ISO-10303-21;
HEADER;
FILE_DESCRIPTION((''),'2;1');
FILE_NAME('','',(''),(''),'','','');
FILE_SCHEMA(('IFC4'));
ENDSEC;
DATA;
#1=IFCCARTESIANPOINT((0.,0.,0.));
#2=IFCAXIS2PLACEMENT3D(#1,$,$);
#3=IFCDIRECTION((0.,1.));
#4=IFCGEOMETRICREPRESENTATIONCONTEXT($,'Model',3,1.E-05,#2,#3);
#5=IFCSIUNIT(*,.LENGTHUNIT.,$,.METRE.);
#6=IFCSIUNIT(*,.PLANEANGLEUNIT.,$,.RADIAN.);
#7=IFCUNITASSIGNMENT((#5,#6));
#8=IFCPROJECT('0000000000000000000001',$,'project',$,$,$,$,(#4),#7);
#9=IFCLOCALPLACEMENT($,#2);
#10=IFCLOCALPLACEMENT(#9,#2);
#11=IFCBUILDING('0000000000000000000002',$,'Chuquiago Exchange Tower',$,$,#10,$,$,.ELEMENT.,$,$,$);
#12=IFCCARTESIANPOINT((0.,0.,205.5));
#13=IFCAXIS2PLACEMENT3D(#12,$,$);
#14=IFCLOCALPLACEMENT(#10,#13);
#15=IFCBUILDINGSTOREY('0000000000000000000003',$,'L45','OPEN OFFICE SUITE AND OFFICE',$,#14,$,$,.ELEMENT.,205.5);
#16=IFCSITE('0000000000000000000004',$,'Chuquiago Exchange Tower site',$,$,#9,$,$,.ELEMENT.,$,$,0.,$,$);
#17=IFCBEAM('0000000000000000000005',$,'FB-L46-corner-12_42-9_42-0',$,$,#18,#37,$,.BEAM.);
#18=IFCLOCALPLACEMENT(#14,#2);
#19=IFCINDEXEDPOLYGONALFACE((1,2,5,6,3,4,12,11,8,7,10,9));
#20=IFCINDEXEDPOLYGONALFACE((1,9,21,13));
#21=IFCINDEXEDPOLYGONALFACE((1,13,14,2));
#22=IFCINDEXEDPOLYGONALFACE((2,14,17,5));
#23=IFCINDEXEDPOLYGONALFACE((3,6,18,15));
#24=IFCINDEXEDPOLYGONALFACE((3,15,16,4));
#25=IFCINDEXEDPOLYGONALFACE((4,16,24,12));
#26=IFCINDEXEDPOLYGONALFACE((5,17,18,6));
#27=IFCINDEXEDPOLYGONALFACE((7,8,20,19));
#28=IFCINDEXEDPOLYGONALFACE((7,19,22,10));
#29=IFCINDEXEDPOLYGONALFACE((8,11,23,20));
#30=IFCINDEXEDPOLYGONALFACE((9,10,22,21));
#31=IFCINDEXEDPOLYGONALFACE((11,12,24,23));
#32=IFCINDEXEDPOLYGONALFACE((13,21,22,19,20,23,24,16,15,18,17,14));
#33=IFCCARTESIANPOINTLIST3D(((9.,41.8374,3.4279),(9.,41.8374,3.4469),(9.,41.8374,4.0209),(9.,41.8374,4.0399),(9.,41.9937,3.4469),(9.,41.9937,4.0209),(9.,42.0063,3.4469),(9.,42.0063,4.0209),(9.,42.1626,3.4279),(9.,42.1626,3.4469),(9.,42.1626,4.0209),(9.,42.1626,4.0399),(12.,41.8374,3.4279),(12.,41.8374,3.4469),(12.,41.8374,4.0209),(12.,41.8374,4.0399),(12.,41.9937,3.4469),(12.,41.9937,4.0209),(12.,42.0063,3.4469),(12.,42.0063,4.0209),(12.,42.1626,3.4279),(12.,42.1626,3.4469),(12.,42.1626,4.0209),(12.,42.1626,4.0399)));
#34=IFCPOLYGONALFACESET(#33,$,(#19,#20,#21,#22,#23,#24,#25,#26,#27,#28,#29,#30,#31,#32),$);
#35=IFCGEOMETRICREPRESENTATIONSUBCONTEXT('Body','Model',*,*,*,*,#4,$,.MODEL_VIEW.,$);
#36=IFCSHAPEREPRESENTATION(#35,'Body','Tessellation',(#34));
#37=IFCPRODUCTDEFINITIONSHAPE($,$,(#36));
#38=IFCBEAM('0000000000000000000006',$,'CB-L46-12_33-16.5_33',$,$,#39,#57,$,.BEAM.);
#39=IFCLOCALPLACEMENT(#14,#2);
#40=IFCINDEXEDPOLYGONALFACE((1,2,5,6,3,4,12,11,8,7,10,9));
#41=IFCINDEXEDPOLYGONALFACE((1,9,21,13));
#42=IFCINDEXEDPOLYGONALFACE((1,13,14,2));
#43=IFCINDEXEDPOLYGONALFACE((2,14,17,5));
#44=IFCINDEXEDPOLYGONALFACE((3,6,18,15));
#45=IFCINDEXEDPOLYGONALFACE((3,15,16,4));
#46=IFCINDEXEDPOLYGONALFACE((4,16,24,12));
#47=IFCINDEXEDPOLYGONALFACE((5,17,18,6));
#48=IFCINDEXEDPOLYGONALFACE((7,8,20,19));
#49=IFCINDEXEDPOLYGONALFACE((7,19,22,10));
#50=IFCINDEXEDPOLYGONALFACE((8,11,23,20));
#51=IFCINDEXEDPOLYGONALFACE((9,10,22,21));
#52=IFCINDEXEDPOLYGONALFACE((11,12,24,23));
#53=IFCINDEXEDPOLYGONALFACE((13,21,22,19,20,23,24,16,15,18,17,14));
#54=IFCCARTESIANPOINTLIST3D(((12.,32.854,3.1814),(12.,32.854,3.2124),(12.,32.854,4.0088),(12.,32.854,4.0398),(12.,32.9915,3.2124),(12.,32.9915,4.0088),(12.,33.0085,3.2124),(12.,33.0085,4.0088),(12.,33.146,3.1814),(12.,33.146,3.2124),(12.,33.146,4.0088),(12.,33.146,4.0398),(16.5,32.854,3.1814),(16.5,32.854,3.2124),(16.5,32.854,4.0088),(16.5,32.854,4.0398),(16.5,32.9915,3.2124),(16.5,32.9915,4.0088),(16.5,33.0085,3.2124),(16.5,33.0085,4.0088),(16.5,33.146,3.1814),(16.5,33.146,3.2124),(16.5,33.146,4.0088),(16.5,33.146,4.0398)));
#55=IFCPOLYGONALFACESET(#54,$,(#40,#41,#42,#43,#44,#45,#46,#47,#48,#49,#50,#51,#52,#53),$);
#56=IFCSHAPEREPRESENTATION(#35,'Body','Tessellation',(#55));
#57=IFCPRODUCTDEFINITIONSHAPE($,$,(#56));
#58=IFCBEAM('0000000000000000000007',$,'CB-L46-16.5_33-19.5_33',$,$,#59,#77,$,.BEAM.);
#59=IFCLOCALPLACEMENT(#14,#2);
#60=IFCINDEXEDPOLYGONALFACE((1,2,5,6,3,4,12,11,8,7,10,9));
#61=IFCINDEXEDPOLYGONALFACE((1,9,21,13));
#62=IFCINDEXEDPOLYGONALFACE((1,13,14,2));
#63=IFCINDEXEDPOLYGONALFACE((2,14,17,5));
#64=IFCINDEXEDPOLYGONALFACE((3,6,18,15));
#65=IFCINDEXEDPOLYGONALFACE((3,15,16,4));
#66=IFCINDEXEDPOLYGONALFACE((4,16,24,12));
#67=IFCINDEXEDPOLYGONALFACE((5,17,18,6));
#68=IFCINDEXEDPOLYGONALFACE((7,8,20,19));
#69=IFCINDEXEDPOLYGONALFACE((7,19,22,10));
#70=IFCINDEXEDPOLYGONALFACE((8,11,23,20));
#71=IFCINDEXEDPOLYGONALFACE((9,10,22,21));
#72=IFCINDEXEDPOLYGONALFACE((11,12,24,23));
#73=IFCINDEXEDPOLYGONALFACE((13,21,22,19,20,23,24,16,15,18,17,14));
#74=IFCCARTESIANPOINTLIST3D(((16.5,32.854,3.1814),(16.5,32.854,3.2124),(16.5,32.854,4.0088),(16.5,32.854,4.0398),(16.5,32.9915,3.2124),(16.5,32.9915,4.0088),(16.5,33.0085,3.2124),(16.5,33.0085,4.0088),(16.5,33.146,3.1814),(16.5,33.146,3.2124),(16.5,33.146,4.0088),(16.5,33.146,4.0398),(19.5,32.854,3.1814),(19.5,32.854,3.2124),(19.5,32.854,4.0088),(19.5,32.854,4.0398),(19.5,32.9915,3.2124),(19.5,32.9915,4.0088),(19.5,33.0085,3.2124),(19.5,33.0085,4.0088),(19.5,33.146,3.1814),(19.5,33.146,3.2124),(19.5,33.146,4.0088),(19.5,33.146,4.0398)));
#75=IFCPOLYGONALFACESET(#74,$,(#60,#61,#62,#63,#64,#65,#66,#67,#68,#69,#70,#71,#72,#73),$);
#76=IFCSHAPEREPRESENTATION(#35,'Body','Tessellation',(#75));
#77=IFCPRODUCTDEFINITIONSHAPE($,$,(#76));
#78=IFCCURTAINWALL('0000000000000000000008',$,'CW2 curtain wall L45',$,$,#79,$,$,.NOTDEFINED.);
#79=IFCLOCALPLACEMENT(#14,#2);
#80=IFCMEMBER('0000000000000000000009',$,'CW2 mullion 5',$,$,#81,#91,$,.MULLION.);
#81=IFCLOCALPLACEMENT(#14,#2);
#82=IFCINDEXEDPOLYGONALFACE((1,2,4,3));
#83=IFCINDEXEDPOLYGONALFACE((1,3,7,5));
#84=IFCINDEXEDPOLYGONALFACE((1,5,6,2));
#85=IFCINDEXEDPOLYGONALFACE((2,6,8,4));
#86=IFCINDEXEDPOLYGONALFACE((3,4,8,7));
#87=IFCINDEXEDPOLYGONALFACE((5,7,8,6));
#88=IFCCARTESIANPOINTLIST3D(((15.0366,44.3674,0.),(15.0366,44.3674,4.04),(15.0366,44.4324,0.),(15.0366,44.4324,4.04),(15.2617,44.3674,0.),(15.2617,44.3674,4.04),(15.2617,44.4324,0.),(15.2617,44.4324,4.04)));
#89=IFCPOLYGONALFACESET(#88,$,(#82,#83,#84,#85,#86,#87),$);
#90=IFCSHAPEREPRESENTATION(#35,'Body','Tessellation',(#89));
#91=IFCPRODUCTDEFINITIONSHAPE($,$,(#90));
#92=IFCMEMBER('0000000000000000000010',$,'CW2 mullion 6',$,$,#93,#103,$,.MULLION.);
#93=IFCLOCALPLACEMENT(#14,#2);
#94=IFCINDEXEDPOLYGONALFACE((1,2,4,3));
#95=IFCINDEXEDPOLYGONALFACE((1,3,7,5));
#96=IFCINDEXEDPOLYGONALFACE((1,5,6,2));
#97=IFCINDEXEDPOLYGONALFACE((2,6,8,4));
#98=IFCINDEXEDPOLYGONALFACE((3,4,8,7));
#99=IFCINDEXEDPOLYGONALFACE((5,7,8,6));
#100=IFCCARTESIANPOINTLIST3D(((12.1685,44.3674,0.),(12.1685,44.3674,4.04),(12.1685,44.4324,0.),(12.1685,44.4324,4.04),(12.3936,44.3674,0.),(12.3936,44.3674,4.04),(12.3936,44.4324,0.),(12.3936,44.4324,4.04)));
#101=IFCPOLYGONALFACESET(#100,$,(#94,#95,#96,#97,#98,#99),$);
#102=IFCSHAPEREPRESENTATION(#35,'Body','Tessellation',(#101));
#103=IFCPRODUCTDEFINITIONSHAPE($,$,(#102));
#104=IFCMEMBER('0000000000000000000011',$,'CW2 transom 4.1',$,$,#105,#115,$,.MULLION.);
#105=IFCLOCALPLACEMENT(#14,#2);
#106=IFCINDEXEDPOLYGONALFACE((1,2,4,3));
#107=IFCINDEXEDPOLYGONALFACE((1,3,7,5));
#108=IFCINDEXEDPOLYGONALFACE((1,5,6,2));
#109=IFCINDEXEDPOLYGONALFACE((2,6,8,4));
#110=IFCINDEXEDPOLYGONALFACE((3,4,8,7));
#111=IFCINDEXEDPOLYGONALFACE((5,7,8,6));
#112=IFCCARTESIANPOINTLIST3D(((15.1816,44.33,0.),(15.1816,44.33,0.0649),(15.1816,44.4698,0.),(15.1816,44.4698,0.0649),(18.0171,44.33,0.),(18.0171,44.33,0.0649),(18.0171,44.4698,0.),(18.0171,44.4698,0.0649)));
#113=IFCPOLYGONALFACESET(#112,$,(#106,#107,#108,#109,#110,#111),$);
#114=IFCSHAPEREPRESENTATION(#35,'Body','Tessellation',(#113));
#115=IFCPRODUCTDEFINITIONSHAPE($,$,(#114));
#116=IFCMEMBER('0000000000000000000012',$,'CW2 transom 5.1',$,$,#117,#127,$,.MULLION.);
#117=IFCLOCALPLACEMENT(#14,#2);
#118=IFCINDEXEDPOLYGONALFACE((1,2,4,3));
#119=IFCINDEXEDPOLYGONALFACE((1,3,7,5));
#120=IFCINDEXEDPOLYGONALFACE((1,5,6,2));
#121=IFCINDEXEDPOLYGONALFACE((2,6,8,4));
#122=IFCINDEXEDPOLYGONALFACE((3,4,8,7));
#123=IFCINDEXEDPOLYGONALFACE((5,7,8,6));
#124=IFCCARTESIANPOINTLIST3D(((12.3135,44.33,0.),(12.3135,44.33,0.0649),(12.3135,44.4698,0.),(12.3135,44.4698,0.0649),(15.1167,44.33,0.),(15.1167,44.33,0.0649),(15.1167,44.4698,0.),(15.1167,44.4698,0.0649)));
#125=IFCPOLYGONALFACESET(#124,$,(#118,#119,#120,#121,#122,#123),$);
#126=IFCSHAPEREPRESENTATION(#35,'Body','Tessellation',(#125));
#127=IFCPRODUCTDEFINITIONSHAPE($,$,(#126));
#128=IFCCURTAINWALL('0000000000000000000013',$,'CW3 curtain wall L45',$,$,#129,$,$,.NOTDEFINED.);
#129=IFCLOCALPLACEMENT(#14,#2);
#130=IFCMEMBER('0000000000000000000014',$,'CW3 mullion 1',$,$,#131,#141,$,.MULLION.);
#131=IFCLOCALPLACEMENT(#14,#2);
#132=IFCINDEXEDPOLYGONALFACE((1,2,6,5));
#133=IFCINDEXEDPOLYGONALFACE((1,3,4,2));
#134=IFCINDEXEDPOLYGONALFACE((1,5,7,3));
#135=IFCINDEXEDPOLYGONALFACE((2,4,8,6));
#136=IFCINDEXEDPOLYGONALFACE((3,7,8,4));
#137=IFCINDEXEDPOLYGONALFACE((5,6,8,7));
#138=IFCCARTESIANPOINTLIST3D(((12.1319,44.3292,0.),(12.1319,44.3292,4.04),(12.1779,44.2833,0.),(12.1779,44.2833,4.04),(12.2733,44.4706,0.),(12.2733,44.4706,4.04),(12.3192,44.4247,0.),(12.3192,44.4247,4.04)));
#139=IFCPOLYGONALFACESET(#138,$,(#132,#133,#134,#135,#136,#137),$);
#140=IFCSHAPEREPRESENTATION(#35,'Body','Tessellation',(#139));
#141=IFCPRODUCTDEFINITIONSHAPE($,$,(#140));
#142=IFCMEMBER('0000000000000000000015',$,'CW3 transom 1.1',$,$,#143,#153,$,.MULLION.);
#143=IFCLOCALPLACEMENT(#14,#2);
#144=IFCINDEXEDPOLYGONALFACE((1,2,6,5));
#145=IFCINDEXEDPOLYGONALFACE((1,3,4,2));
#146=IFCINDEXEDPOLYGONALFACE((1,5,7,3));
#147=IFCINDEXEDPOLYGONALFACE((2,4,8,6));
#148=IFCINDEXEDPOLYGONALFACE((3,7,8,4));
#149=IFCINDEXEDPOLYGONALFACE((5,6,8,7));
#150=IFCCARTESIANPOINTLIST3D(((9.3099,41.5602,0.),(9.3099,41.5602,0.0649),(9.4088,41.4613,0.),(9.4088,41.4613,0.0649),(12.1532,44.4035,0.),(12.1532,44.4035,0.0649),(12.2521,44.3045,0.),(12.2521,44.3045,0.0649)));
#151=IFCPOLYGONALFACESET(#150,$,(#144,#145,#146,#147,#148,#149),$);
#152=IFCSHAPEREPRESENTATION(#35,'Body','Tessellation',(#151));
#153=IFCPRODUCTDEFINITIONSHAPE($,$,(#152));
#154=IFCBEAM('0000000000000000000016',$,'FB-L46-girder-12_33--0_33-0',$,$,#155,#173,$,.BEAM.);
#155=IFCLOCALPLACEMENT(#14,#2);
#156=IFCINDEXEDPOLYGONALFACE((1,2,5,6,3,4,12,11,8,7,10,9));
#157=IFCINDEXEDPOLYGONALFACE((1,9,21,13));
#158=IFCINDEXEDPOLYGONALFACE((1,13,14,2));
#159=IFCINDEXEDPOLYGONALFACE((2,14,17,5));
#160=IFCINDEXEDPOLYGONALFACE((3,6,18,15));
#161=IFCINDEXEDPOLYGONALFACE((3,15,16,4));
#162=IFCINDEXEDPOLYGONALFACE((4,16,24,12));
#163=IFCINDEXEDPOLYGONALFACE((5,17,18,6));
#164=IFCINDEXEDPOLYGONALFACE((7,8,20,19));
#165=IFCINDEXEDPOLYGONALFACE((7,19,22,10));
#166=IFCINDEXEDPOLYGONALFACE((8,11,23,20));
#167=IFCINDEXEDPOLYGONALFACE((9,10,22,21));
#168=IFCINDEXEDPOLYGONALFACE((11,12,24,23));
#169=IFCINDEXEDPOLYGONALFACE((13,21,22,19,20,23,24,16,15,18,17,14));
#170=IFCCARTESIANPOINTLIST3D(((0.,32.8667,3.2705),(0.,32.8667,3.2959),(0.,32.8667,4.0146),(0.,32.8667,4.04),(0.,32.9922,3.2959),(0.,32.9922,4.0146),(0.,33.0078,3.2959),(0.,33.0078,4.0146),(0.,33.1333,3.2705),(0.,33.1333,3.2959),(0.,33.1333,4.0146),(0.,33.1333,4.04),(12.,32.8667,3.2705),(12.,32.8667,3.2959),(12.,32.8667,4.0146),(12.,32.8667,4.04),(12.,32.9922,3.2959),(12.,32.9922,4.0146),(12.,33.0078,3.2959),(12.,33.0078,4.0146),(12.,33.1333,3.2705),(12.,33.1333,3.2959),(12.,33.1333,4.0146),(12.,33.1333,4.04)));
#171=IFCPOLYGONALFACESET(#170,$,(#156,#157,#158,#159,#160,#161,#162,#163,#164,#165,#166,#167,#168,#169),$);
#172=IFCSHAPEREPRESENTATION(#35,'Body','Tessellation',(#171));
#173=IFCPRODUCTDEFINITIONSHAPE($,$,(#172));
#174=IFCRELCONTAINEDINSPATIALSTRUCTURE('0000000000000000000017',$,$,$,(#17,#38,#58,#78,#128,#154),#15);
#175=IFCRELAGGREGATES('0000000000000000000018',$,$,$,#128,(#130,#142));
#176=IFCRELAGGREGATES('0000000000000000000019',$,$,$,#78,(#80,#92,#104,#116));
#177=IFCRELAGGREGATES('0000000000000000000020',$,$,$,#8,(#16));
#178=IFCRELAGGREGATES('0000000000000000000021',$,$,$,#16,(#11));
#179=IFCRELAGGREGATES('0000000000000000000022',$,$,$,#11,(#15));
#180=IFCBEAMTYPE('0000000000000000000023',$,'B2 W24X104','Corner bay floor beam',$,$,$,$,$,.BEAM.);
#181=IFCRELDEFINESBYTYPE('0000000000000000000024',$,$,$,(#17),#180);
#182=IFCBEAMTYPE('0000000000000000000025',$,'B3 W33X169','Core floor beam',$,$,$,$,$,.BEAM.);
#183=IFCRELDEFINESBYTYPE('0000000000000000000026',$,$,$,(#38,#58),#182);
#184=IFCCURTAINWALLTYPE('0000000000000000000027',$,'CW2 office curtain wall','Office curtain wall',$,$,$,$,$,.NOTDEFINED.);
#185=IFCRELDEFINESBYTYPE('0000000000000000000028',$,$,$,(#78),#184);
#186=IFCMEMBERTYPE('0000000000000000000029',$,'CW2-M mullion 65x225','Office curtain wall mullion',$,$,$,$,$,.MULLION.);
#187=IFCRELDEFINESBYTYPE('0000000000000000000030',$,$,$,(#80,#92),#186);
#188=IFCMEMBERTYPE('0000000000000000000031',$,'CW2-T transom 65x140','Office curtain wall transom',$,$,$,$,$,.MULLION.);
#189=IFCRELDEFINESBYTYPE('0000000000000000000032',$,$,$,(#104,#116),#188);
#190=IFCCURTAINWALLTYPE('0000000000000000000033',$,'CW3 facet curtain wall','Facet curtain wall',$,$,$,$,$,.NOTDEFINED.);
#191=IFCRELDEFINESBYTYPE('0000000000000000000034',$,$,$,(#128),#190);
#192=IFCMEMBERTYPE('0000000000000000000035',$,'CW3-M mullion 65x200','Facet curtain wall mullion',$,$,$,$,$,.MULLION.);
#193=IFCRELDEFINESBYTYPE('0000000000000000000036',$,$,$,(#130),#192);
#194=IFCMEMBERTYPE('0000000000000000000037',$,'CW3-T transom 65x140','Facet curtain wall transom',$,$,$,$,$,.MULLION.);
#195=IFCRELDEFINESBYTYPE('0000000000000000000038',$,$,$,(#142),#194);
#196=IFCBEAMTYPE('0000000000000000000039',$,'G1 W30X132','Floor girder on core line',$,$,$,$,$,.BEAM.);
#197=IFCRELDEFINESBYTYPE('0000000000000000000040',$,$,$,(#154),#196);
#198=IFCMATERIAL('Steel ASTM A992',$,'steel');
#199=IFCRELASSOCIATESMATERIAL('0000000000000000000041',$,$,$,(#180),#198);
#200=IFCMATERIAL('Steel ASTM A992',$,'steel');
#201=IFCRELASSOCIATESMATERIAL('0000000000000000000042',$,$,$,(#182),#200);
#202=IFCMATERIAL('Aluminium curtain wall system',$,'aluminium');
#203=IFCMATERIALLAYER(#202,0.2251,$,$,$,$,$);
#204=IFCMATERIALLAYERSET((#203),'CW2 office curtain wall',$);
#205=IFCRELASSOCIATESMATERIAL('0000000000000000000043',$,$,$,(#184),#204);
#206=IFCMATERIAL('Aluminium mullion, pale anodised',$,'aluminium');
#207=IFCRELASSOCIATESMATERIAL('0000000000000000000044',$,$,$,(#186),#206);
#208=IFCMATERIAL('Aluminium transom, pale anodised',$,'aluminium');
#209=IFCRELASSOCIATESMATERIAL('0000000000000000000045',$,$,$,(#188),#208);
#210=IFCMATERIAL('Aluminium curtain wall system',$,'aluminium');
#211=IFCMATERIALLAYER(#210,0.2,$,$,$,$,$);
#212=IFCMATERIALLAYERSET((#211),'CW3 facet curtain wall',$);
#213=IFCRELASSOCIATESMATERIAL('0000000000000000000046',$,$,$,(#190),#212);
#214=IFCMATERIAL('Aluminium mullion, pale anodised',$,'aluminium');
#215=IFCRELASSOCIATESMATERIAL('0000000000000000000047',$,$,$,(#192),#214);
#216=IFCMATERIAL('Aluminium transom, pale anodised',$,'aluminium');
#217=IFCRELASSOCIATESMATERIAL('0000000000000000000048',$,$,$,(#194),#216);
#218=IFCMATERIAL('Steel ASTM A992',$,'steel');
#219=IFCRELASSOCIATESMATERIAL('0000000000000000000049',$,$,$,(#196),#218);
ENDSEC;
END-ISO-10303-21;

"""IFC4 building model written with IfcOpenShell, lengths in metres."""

from ifc_helpers import new_model, si_unit, direction, frame, origin, origin_2d, place, context, subcontext, project, spatial, rectangle, i_section, extrude, material, layer, layer_set, material_profile, profile_set, type_object, element, aggregate, save


model = new_model("IFC4")

# Units and contexts
model_context = context("Model", 3, precision=1e-05, world=origin(), true_north=direction((0.0, 1.0)))
body_context = subcontext(model_context, "Body", "Model", "MODEL_VIEW")
ifc_project = project(units=[si_unit("LENGTHUNIT", "METRE"), si_unit("PLANEANGLEUNIT", "RADIAN")], contexts=[model_context])

# Site, building, storey
site_placement = place(None, origin())
site = spatial("IfcSite", under=ifc_project, at=site_placement, Name="Chuquiago Exchange Tower site", CompositionType="ELEMENT", RefElevation=0.0)
building_placement = place(site_placement, origin())
building = spatial("IfcBuilding", under=site, at=building_placement, Name="Chuquiago Exchange Tower", CompositionType="ELEMENT")
storey_placement = place(building_placement, frame((0.0, 0.0, 205.5)))
storey = spatial("IfcBuildingStorey", under=building, at=storey_placement, Name="L45", Description="OPEN OFFICE SUITE AND OFFICE", CompositionType="ELEMENT", Elevation=205.5)

# Beams
ifc_material_1 = material(Name="Steel ASTM A992", Category="steel")
ifc_material_profile_1 = material_profile(ifc_material_1, i_section(OverallWidth=0.3252, OverallDepth=0.6121, WebThickness=0.0127, FlangeThickness=0.019, at=origin_2d()), Name="W24X104")
ifc_profile_set_1 = profile_set([ifc_material_profile_1], Name="Steel ASTM A992")
beam_type_1 = type_object("IfcBeamType", Name="B2 W24X104", Description="Corner bay floor beam", PredefinedType="BEAM", material=ifc_profile_set_1)
beam_1_placement = place(storey_placement, frame((12.0, 42.0, 3.7339), z_axis=(-1.0, 0.0, 0.0), x_axis=(0.0, -1.0, 0.0)))
element("IfcBeam", 1, at=beam_1_placement, inside=storey, type_object=beam_type_1, Name="FB-L46-corner-12_42-9_42-0", PredefinedType="BEAM", context=body_context, shape_type="SweptSolid", body=[
    extrude(i_section(OverallWidth=0.3252, OverallDepth=0.6121, WebThickness=0.0127, FlangeThickness=0.019, at=origin_2d()), origin(), (0.0, 0.0, 1.0), 3.0),
])
ifc_material_2 = material(Name="Steel ASTM A992", Category="steel")
ifc_material_profile_2 = material_profile(ifc_material_2, i_section(OverallWidth=0.292, OverallDepth=0.8584, WebThickness=0.0171, FlangeThickness=0.031, at=origin_2d()), Name="W33X169")
ifc_profile_set_2 = profile_set([ifc_material_profile_2], Name="Steel ASTM A992")
beam_type_2 = type_object("IfcBeamType", Name="B3 W33X169", Description="Core floor beam", PredefinedType="BEAM", material=ifc_profile_set_2)
beam_2_placement = place(storey_placement, frame((12.0, 33.0, 3.6106), z_axis=(1.0, 0.0, 0.0), x_axis=(0.0, 1.0, 0.0)))
element("IfcBeam", 2, at=beam_2_placement, inside=storey, type_object=beam_type_2, Name="CB-L46-12_33-16.5_33", PredefinedType="BEAM", context=body_context, shape_type="SweptSolid", body=[
    extrude(i_section(OverallWidth=0.292, OverallDepth=0.8584, WebThickness=0.0171, FlangeThickness=0.031, at=origin_2d()), origin(), (0.0, 0.0, 1.0), 4.5),
])
beam_3_placement = place(storey_placement, frame((16.5, 33.0, 3.6106), z_axis=(1.0, 0.0, 0.0), x_axis=(0.0, 1.0, 0.0)))
element("IfcBeam", 3, at=beam_3_placement, inside=storey, type_object=beam_type_2, Name="CB-L46-16.5_33-19.5_33", PredefinedType="BEAM", context=body_context, shape_type="SweptSolid", body=[
    extrude(i_section(OverallWidth=0.292, OverallDepth=0.8584, WebThickness=0.0171, FlangeThickness=0.031, at=origin_2d()), origin(), (0.0, 0.0, 1.0), 3.0),
])

# Curtain walls, members
ifc_material_3 = material(Name="Aluminium curtain wall system", Category="aluminium")
ifc_layer_1 = layer(ifc_material_3, 0.2251)
ifc_layer_set_1 = layer_set([ifc_layer_1], Name="CW2 office curtain wall")
curtain_wall_type_1 = type_object("IfcCurtainWallType", Name="CW2 office curtain wall", Description="Office curtain wall", PredefinedType="NOTDEFINED", material=ifc_layer_set_1)
curtain_wall_1_placement = place(storey_placement, origin())
curtain_wall_1 = element("IfcCurtainWall", 4, at=curtain_wall_1_placement, inside=storey, type_object=curtain_wall_type_1, Name="CW2 curtain wall L45", PredefinedType="NOTDEFINED")
ifc_material_4 = material(Name="Aluminium mullion, pale anodised", Category="aluminium")
ifc_material_profile_3 = material_profile(ifc_material_4, rectangle(XDim=0.0649, YDim=0.2251, at=origin_2d()), Name="AL 65x225")
ifc_profile_set_3 = profile_set([ifc_material_profile_3], Name="Aluminium mullion, pale anodised")
member_type_1 = type_object("IfcMemberType", Name="CW2-M mullion 65x225", Description="Office curtain wall mullion", PredefinedType="MULLION", material=ifc_profile_set_3)
member_1_placement = place(storey_placement, frame((15.1492, 44.3999, 0.0), z_axis=(0.0, 0.0, 1.0), x_axis=(0.0, -1.0, 0.0)))
member_1 = element("IfcMember", 5, at=member_1_placement, type_object=member_type_1, Name="CW2 mullion 5", PredefinedType="MULLION", context=body_context, shape_type="SweptSolid", body=[
    extrude(rectangle(XDim=0.0649, YDim=0.2251, at=origin_2d()), origin(), (0.0, 0.0, 1.0), 4.04),
])
member_2_placement = place(storey_placement, frame((12.281, 44.3999, 0.0), z_axis=(0.0, 0.0, 1.0), x_axis=(0.0, -1.0, 0.0)))
member_2 = element("IfcMember", 6, at=member_2_placement, type_object=member_type_1, Name="CW2 mullion 6", PredefinedType="MULLION", context=body_context, shape_type="SweptSolid", body=[
    extrude(rectangle(XDim=0.0649, YDim=0.2251, at=origin_2d()), origin(), (0.0, 0.0, 1.0), 4.04),
])
ifc_material_5 = material(Name="Aluminium transom, pale anodised", Category="aluminium")
ifc_material_profile_4 = material_profile(ifc_material_5, rectangle(XDim=0.1399, YDim=0.0649, at=origin_2d()), Name="AL 140x65")
ifc_profile_set_4 = profile_set([ifc_material_profile_4], Name="Aluminium transom, pale anodised")
member_type_2 = type_object("IfcMemberType", Name="CW2-T transom 65x140", Description="Office curtain wall transom", PredefinedType="MULLION", material=ifc_profile_set_4)
member_3_placement = place(storey_placement, frame((18.0171, 44.3999, 0.0325), z_axis=(-1.0, 0.0, 0.0), x_axis=(0.0, -1.0, 0.0)))
member_3 = element("IfcMember", 7, at=member_3_placement, type_object=member_type_2, Name="CW2 transom 4.1", PredefinedType="MULLION", context=body_context, shape_type="SweptSolid", body=[
    extrude(rectangle(XDim=0.1399, YDim=0.0649, at=origin_2d()), origin(), (0.0, 0.0, 1.0), 2.8354),
])
member_4_placement = place(storey_placement, frame((15.1167, 44.3999, 0.0325), z_axis=(-1.0, 0.0, 0.0), x_axis=(0.0, -1.0, 0.0)))
member_4 = element("IfcMember", 8, at=member_4_placement, type_object=member_type_2, Name="CW2 transom 5.1", PredefinedType="MULLION", context=body_context, shape_type="SweptSolid", body=[
    extrude(rectangle(XDim=0.1399, YDim=0.0649, at=origin_2d()), origin(), (0.0, 0.0, 1.0), 2.8032),
])
ifc_material_6 = material(Name="Aluminium curtain wall system", Category="aluminium")
ifc_layer_2 = layer(ifc_material_6, 0.2)
ifc_layer_set_2 = layer_set([ifc_layer_2], Name="CW3 facet curtain wall")
curtain_wall_type_2 = type_object("IfcCurtainWallType", Name="CW3 facet curtain wall", Description="Facet curtain wall", PredefinedType="NOTDEFINED", material=ifc_layer_set_2)
curtain_wall_2_placement = place(storey_placement, origin())
curtain_wall_2 = element("IfcCurtainWall", 9, at=curtain_wall_2_placement, inside=storey, type_object=curtain_wall_type_2, Name="CW3 curtain wall L45", PredefinedType="NOTDEFINED")
ifc_material_7 = material(Name="Aluminium mullion, pale anodised", Category="aluminium")
ifc_material_profile_5 = material_profile(ifc_material_7, rectangle(XDim=0.0649, YDim=0.2, at=origin_2d()), Name="AL 65x200")
ifc_profile_set_5 = profile_set([ifc_material_profile_5], Name="Aluminium mullion, pale anodised")
member_type_3 = type_object("IfcMemberType", Name="CW3-M mullion 65x200", Description="Facet curtain wall mullion", PredefinedType="MULLION", material=ifc_profile_set_5)
member_5_placement = place(storey_placement, frame((12.2256, 44.377, 0.0), z_axis=(0.0, 0.0, 1.0), x_axis=(0.707107, -0.707107, 0.0)))
member_5 = element("IfcMember", 10, at=member_5_placement, type_object=member_type_3, Name="CW3 mullion 1", PredefinedType="MULLION", context=body_context, shape_type="SweptSolid", body=[
    extrude(rectangle(XDim=0.0649, YDim=0.2, at=origin_2d()), origin(), (0.0, 0.0, 1.0), 4.04),
])
ifc_material_8 = material(Name="Aluminium transom, pale anodised", Category="aluminium")
ifc_material_profile_6 = material_profile(ifc_material_8, rectangle(XDim=0.1399, YDim=0.0649, at=origin_2d()), Name="AL 140x65")
ifc_profile_set_6 = profile_set([ifc_material_profile_6], Name="Aluminium transom, pale anodised")
member_type_4 = type_object("IfcMemberType", Name="CW3-T transom 65x140", Description="Facet curtain wall transom", PredefinedType="MULLION", material=ifc_profile_set_6)
member_6_placement = place(storey_placement, frame((12.2026, 44.354, 0.0325), z_axis=(-0.707107, -0.707107, 0.0), x_axis=(0.707107, -0.707107, 0.0)))
member_6 = element("IfcMember", 11, at=member_6_placement, type_object=member_type_4, Name="CW3 transom 1.1", PredefinedType="MULLION", context=body_context, shape_type="SweptSolid", body=[
    extrude(rectangle(XDim=0.1399, YDim=0.0649, at=origin_2d()), origin(), (0.0, 0.0, 1.0), 4.021),
])
aggregate(curtain_wall_2, [member_5, member_6])

# Beam
ifc_material_9 = material(Name="Steel ASTM A992", Category="steel")
ifc_material_profile_7 = material_profile(ifc_material_9, i_section(OverallWidth=0.2666, OverallDepth=0.7695, WebThickness=0.0156, FlangeThickness=0.0254, at=origin_2d()), Name="W30X132")
ifc_profile_set_7 = profile_set([ifc_material_profile_7], Name="Steel ASTM A992")
beam_type_3 = type_object("IfcBeamType", Name="G1 W30X132", Description="Floor girder on core line", PredefinedType="BEAM", material=ifc_profile_set_7)
beam_4_placement = place(storey_placement, frame((12.0, 33.0, 3.6553), z_axis=(-1.0, 0.0, 0.0), x_axis=(0.0, -1.0, 0.0)))
element("IfcBeam", 12, at=beam_4_placement, inside=storey, type_object=beam_type_3, Name="FB-L46-girder-12_33--0_33-0", PredefinedType="BEAM", context=body_context, shape_type="SweptSolid", body=[
    extrude(i_section(OverallWidth=0.2666, OverallDepth=0.7695, WebThickness=0.0156, FlangeThickness=0.0254, at=origin_2d()), origin(), (0.0, 0.0, 1.0), 12.0),
])

aggregate(curtain_wall_1, [member_1, member_2, member_3, member_4])

save(model, "model.ifc")
